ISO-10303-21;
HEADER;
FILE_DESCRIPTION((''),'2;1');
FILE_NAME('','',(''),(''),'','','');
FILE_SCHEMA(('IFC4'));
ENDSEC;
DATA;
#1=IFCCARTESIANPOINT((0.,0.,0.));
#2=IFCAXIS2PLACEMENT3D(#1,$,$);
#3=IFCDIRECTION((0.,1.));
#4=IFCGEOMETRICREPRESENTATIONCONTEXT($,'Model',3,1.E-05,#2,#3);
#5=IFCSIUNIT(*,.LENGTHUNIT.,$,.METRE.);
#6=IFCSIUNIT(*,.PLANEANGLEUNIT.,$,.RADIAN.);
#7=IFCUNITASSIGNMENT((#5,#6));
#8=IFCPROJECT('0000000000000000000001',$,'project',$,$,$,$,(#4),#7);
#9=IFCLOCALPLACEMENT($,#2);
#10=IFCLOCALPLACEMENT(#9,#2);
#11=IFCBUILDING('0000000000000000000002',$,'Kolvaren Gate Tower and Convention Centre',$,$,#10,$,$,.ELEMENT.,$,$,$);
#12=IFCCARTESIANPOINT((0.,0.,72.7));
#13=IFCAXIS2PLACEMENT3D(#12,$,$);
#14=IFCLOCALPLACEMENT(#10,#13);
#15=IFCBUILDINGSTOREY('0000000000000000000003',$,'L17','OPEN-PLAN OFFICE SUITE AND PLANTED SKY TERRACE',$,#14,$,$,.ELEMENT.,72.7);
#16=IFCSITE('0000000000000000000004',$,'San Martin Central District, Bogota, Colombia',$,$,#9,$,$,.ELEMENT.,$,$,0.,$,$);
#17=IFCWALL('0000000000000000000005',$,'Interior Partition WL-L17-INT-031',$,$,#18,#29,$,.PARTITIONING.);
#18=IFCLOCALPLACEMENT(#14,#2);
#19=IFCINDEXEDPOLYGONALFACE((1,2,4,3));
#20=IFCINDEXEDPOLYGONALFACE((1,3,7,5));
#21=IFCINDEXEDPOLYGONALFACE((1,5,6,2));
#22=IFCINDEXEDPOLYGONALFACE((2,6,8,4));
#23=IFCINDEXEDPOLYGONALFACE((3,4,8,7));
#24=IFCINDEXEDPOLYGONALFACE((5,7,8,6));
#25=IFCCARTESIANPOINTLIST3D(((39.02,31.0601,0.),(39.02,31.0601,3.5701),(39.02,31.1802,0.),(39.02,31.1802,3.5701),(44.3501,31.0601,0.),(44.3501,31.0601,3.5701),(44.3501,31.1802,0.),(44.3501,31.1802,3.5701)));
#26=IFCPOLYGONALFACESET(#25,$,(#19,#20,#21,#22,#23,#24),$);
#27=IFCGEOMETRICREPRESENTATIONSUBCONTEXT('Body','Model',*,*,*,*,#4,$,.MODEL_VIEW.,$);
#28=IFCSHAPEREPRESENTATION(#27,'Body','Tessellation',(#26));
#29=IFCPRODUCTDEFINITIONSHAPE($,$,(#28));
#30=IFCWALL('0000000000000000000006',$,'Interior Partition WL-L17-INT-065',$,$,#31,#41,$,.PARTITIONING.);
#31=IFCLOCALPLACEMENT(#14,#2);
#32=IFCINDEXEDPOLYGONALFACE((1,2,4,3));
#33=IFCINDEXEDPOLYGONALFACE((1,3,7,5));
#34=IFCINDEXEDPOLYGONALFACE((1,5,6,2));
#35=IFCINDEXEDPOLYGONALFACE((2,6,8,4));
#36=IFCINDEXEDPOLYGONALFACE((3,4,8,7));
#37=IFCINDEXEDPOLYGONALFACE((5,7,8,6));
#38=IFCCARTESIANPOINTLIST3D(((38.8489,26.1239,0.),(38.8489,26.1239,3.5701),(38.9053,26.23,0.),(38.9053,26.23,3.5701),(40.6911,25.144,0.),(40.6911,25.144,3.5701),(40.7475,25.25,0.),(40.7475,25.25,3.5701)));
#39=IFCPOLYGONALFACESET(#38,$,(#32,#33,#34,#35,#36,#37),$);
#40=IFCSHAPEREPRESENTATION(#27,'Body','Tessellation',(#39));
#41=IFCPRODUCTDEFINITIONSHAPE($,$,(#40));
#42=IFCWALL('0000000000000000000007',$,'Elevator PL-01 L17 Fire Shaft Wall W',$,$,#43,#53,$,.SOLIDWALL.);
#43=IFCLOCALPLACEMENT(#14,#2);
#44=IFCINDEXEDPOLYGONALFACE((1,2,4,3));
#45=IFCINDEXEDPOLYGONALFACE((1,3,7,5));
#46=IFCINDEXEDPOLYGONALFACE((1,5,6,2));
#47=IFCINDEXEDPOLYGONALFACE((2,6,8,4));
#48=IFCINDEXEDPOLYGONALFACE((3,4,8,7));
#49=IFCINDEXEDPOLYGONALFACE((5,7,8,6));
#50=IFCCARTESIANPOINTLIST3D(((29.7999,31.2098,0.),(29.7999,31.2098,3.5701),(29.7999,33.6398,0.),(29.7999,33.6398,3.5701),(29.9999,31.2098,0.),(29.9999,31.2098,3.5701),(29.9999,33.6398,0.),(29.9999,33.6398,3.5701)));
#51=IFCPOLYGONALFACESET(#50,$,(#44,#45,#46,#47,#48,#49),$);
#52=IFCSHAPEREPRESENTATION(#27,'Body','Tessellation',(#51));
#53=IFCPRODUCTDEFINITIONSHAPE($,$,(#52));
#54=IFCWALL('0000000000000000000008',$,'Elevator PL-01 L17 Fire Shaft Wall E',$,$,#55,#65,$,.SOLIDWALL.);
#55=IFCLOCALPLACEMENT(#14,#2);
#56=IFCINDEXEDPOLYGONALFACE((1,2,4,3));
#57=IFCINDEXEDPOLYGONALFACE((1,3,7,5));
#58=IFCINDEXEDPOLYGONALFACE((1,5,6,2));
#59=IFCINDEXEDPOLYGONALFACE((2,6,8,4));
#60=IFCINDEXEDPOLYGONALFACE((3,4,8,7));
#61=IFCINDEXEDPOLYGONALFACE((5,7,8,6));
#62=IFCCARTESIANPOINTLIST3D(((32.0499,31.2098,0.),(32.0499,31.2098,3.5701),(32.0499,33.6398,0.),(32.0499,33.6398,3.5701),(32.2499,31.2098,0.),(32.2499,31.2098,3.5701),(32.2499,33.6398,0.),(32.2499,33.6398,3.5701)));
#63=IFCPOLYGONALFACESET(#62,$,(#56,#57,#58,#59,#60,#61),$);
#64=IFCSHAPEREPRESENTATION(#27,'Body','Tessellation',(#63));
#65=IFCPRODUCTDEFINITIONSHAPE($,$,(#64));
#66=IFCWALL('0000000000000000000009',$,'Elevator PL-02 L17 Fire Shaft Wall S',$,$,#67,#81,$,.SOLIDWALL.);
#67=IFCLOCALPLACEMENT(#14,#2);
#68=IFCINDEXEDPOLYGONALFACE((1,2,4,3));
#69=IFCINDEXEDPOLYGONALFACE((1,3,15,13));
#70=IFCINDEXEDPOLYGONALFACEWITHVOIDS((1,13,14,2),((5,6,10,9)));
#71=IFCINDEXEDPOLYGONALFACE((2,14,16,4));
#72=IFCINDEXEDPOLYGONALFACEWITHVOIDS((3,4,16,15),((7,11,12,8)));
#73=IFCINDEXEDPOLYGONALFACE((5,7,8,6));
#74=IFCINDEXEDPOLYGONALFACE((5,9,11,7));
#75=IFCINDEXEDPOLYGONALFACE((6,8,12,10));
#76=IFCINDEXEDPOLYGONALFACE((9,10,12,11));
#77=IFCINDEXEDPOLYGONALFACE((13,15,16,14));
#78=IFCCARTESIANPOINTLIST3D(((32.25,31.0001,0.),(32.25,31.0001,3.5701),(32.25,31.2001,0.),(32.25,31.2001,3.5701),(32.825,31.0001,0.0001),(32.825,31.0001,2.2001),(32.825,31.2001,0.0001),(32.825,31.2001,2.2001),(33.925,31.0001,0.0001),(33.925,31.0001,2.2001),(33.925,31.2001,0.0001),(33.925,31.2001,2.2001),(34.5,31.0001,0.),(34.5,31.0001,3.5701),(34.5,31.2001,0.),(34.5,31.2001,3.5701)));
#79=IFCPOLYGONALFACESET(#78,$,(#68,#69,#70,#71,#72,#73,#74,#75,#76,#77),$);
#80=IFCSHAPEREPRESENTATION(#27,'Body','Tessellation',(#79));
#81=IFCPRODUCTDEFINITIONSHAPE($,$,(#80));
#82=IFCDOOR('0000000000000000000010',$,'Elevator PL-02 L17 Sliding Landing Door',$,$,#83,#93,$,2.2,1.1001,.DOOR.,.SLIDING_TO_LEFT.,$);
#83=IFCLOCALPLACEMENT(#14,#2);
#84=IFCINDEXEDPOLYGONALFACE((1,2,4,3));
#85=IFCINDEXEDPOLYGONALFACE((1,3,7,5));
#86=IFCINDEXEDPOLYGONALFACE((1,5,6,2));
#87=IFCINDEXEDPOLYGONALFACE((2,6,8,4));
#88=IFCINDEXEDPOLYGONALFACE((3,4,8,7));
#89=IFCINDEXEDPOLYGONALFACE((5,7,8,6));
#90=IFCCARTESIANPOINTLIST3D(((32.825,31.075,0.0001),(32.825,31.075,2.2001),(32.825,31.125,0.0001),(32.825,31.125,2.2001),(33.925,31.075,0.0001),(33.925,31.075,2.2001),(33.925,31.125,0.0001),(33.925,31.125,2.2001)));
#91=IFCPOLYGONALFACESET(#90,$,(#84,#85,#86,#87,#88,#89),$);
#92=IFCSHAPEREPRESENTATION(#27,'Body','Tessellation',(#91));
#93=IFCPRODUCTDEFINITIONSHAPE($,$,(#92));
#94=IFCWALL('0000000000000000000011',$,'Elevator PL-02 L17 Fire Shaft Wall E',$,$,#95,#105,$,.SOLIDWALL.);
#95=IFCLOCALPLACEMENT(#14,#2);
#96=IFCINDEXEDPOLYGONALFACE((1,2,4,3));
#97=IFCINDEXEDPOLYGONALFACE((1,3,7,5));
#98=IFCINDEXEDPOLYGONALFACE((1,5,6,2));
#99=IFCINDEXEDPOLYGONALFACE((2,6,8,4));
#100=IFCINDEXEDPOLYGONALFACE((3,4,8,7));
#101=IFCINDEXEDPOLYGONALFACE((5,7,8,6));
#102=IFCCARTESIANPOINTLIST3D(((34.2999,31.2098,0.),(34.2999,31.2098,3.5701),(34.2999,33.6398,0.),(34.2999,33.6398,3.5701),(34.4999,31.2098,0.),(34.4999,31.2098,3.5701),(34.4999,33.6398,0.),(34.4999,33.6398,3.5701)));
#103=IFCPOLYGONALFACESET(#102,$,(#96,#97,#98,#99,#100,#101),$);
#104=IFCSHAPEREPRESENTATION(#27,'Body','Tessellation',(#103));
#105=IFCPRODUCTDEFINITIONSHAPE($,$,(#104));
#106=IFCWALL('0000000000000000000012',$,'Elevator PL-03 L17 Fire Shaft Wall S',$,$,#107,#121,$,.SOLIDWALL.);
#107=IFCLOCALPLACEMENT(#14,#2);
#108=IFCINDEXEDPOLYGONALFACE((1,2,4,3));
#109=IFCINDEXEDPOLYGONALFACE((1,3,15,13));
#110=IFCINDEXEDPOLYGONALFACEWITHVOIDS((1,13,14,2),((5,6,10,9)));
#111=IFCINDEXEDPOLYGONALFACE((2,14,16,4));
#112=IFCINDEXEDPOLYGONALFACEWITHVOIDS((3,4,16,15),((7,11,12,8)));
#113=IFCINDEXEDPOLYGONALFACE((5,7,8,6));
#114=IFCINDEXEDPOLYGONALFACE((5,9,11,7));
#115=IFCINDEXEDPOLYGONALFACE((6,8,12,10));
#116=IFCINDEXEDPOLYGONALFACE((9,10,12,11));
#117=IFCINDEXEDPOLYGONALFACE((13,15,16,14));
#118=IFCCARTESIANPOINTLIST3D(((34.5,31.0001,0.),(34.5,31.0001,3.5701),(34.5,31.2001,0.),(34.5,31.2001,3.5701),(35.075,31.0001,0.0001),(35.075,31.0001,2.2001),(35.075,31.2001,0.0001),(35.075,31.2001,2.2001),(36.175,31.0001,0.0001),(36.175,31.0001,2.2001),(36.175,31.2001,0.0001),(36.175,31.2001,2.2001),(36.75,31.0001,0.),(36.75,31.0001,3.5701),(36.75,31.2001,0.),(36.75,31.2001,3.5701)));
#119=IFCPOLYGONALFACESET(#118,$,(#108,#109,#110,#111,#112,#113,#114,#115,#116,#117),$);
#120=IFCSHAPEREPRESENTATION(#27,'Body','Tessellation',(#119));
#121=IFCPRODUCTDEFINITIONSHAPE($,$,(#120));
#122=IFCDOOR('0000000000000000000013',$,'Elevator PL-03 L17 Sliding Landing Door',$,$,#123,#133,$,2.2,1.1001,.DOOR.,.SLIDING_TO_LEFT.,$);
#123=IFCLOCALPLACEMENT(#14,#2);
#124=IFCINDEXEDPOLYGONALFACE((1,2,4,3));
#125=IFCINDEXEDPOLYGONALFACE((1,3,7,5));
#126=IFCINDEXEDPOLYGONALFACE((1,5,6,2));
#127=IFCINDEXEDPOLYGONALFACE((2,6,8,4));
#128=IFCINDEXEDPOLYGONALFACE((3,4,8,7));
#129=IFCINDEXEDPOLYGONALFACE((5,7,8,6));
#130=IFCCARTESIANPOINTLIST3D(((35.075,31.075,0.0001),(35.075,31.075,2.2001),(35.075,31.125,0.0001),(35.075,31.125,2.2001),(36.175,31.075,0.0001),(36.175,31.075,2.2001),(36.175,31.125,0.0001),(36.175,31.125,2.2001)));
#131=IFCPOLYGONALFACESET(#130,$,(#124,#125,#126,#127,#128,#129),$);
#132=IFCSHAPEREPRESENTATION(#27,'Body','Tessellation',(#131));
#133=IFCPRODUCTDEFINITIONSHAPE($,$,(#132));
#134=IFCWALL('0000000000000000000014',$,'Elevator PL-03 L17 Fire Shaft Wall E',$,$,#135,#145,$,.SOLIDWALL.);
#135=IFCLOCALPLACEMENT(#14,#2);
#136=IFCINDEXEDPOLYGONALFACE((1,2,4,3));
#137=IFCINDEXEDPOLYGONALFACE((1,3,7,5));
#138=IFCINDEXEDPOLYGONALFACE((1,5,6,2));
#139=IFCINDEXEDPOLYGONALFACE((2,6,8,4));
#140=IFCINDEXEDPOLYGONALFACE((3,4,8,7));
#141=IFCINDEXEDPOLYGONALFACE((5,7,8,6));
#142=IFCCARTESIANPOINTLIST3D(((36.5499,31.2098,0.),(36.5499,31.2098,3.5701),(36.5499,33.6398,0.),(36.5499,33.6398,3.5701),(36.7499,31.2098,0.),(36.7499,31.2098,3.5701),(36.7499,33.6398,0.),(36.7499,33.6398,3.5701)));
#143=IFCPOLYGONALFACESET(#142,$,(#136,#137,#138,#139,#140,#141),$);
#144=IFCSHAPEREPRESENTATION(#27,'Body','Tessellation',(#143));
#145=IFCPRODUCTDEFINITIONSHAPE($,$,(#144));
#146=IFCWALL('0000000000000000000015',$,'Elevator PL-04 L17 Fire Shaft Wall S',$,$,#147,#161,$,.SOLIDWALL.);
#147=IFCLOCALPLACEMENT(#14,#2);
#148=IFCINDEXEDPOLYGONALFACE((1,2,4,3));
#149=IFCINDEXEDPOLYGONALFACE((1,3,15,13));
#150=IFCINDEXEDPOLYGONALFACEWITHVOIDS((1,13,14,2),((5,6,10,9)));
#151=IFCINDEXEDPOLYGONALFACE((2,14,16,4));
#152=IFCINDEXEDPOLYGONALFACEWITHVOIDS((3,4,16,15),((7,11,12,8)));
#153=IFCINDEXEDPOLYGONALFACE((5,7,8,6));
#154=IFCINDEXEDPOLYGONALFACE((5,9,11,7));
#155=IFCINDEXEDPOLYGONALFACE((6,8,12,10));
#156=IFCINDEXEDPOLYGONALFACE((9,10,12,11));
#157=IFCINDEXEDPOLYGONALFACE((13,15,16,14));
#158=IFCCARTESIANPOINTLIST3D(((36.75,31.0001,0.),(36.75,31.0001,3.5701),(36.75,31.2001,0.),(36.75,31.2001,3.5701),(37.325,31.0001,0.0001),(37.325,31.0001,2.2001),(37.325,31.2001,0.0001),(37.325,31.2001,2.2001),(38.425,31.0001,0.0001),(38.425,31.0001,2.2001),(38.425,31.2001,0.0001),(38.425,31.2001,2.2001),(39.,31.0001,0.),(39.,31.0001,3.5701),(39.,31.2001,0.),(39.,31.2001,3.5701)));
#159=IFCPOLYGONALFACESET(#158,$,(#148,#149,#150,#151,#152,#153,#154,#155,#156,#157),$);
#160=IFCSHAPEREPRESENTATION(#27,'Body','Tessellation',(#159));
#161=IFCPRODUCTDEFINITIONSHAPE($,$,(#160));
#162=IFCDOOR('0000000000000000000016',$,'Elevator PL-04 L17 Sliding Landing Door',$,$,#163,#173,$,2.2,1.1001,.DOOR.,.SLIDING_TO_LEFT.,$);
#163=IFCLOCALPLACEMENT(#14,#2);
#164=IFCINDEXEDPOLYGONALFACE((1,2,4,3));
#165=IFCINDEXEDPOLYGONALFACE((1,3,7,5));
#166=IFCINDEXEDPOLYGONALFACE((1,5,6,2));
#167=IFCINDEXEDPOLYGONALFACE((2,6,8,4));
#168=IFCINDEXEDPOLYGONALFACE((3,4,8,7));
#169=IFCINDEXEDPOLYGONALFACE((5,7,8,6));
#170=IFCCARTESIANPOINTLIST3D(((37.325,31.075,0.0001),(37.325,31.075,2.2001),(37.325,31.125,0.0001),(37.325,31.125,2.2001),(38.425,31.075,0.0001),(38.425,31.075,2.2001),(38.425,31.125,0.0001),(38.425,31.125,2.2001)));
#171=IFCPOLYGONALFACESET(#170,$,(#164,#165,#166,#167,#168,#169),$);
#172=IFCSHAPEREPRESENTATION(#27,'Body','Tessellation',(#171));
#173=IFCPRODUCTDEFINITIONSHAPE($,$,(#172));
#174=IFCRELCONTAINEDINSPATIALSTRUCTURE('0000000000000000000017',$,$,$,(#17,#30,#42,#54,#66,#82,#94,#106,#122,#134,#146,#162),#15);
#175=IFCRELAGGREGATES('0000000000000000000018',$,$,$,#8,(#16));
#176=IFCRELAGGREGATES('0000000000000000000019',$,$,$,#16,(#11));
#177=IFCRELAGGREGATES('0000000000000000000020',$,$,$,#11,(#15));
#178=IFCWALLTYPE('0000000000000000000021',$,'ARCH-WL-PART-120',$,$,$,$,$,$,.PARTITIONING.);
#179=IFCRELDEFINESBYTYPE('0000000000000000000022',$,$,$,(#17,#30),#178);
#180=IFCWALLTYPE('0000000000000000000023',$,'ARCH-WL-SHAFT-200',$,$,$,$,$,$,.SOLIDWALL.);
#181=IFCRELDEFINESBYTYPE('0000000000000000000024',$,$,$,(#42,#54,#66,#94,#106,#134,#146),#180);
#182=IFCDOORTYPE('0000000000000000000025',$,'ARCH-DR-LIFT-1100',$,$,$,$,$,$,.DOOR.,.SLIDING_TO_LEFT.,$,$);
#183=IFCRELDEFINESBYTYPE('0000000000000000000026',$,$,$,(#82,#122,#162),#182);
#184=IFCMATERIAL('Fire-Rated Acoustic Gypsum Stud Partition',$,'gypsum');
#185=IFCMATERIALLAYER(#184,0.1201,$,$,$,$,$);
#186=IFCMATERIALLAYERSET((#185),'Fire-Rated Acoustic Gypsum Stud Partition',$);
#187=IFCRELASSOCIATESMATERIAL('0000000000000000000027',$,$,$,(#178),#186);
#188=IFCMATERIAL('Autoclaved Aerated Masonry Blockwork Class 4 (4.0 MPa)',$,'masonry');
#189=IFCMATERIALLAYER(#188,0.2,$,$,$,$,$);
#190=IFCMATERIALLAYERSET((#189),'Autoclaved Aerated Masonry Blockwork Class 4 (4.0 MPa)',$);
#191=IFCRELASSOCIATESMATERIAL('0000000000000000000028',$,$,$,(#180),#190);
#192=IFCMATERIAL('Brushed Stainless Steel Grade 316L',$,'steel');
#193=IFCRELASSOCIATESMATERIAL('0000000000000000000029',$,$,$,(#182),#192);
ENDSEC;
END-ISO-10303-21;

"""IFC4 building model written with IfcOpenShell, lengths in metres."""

from ifc_helpers import new_model, si_unit, direction, frame, frame_2d, origin, place, context, subcontext, project, spatial, rectangle, extrude, material, layer, layer_set, type_object, element, fill, save


model = new_model("IFC4")

# Units and contexts
model_context = context("Model", 3, precision=1e-05, world=origin(), true_north=direction((0.0, 1.0)))
body_context = subcontext(model_context, "Body", "Model", "MODEL_VIEW")
ifc_project = project(units=[si_unit("LENGTHUNIT", "METRE"), si_unit("PLANEANGLEUNIT", "RADIAN")], contexts=[model_context])

# Site, building, storey
site_placement = place(None, origin())
site = spatial("IfcSite", under=ifc_project, at=site_placement, Name="San Martin Central District, Bogota, Colombia", CompositionType="ELEMENT", RefElevation=0.0)
building_placement = place(site_placement, origin())
building = spatial("IfcBuilding", under=site, at=building_placement, Name="Kolvaren Gate Tower and Convention Centre", CompositionType="ELEMENT")
storey_placement = place(building_placement, frame((0.0, 0.0, 72.7)))
storey = spatial("IfcBuildingStorey", under=building, at=storey_placement, Name="L17", Description="OPEN-PLAN OFFICE SUITE AND PLANTED SKY TERRACE", CompositionType="ELEMENT", Elevation=72.7)

# Walls
ifc_material_1 = material(Name="Fire-Rated Acoustic Gypsum Stud Partition", Category="gypsum")
ifc_layer_1 = layer(ifc_material_1, 0.1201)
ifc_layer_set_1 = layer_set([ifc_layer_1], Name="Fire-Rated Acoustic Gypsum Stud Partition")
wall_type_1 = type_object("IfcWallType", Name="ARCH-WL-PART-120", PredefinedType="PARTITIONING", material=ifc_layer_set_1)
wall_1_placement = place(storey_placement, frame((39.02, 31.1201, 0.0), z_axis=(0.0, 0.0, 1.0), x_axis=(1.0, 0.0, 0.0)))
element("IfcWall", 1, at=wall_1_placement, inside=storey, type_object=wall_type_1, Name="Interior Partition WL-L17-INT-031", PredefinedType="PARTITIONING", context=body_context, shape_type="SweptSolid", body=[
    extrude(rectangle(XDim=5.3301, YDim=0.1201, at=frame_2d((2.665, 0.0))), origin(), (0.0, 0.0, 1.0), 3.5701),
])
wall_2_placement = place(storey_placement, frame((38.877, 26.177, 0.0), z_axis=(0.0, 0.0, 1.0), x_axis=(0.882864, -0.469628, 0.0)))
element("IfcWall", 2, at=wall_2_placement, inside=storey, type_object=wall_type_1, Name="Interior Partition WL-L17-INT-065", PredefinedType="PARTITIONING", context=body_context, shape_type="SweptSolid", body=[
    extrude(rectangle(XDim=2.0867, YDim=0.1201, at=frame_2d((1.0435, 0.0))), origin(), (0.0, 0.0, 1.0), 3.5701),
])
ifc_material_2 = material(Name="Autoclaved Aerated Masonry Blockwork Class 4 (4.0 MPa)", Category="masonry")
ifc_layer_2 = layer(ifc_material_2, 0.2)
ifc_layer_set_2 = layer_set([ifc_layer_2], Name="Autoclaved Aerated Masonry Blockwork Class 4 (4.0 MPa)")
wall_type_2 = type_object("IfcWallType", Name="ARCH-WL-SHAFT-200", PredefinedType="SOLIDWALL", material=ifc_layer_set_2)
for number, where, z_axis, x_axis, name in (
    (3, (29.8999, 31.21, 0.0), (0.0, 0.0, 1.0), (0.0, 1.0, 0.0), "Elevator PL-01 L17 Fire Shaft Wall W"),
    (4, (32.1499, 31.21, 0.0), (0.0, 0.0, 1.0), (0.0, 1.0, 0.0), "Elevator PL-01 L17 Fire Shaft Wall E"),
):
    element("IfcWall", number, at=place(storey_placement, frame(where, z_axis=z_axis, x_axis=x_axis)), inside=storey, type_object=wall_type_2, Name=name, PredefinedType="SOLIDWALL", context=body_context, shape_type="SweptSolid", body=[
        extrude(rectangle(XDim=2.4299, YDim=0.2, at=frame_2d((1.2148, 0.0))), origin(), (0.0, 0.0, 1.0), 3.5701),
    ])

# Wall, opening, door
wall_3_placement = place(storey_placement, frame((32.25, 31.1001, 0.0), z_axis=(0.0, 0.0, 1.0), x_axis=(1.0, 0.0, 0.0)))
wall_3 = element("IfcWall", 5, at=wall_3_placement, inside=storey, type_object=wall_type_2, Name="Elevator PL-02 L17 Fire Shaft Wall S", PredefinedType="SOLIDWALL", context=body_context, shape_type="SweptSolid", body=[
    extrude(rectangle(XDim=2.25, YDim=0.2, at=frame_2d((1.125, 0.0))), origin(), (0.0, 0.0, 1.0), 3.5701),
])
opening_1_placement = place(wall_3_placement, frame((0.575, 0.0, 0.0)))
opening_1 = element("IfcOpeningElement", 6, at=opening_1_placement, cuts=wall_3, PredefinedType="OPENING", context=body_context, shape_type="SweptSolid", body=[
    extrude(rectangle(XDim=1.1001, YDim=2.2, at=frame_2d((0.55, 1.1001))), frame((0.0, 0.1099, 0.0), z_axis=(0.0, -1.0, 0.0), x_axis=(1.0, 0.0, 0.0)), (0.0, 0.0, 1.0), 0.22),
])
ifc_material_3 = material(Name="Brushed Stainless Steel Grade 316L", Category="steel")
door_type_1 = type_object("IfcDoorType", Name="ARCH-DR-LIFT-1100", OperationType="SLIDING_TO_LEFT", PredefinedType="DOOR", material=ifc_material_3)
door_1_placement = place(opening_1_placement, origin())
door_1 = element("IfcDoor", 7, at=door_1_placement, inside=storey, type_object=door_type_1, Name="Elevator PL-02 L17 Sliding Landing Door", OperationType="SLIDING_TO_LEFT", OverallHeight=2.2, OverallWidth=1.1001, PredefinedType="DOOR", context=body_context, shape_type="SweptSolid", body=[
    extrude(rectangle(XDim=1.1001, YDim=2.2, at=frame_2d((0.55, 1.1001))), frame((0.0, 0.0249, 0.0), z_axis=(0.0, -1.0, 0.0), x_axis=(1.0, 0.0, 0.0)), (0.0, 0.0, 1.0), 0.05),
])
fill(opening_1, door_1)

# Wall
wall_4_placement = place(storey_placement, frame((34.3999, 31.21, 0.0), z_axis=(0.0, 0.0, 1.0), x_axis=(0.0, 1.0, 0.0)))
element("IfcWall", 8, at=wall_4_placement, inside=storey, type_object=wall_type_2, Name="Elevator PL-02 L17 Fire Shaft Wall E", PredefinedType="SOLIDWALL", context=body_context, shape_type="SweptSolid", body=[
    extrude(rectangle(XDim=2.4299, YDim=0.2, at=frame_2d((1.2148, 0.0))), origin(), (0.0, 0.0, 1.0), 3.5701),
])

# Wall, opening, door
wall_5_placement = place(storey_placement, frame((34.5, 31.1001, 0.0), z_axis=(0.0, 0.0, 1.0), x_axis=(1.0, 0.0, 0.0)))
wall_5 = element("IfcWall", 9, at=wall_5_placement, inside=storey, type_object=wall_type_2, Name="Elevator PL-03 L17 Fire Shaft Wall S", PredefinedType="SOLIDWALL", context=body_context, shape_type="SweptSolid", body=[
    extrude(rectangle(XDim=2.25, YDim=0.2, at=frame_2d((1.125, 0.0))), origin(), (0.0, 0.0, 1.0), 3.5701),
])
opening_2_placement = place(wall_5_placement, frame((0.575, 0.0, 0.0)))
opening_2 = element("IfcOpeningElement", 10, at=opening_2_placement, cuts=wall_5, PredefinedType="OPENING", context=body_context, shape_type="SweptSolid", body=[
    extrude(rectangle(XDim=1.1001, YDim=2.2, at=frame_2d((0.55, 1.1001))), frame((0.0, 0.1099, 0.0), z_axis=(0.0, -1.0, 0.0), x_axis=(1.0, 0.0, 0.0)), (0.0, 0.0, 1.0), 0.22),
])
door_2_placement = place(opening_2_placement, origin())
door_2 = element("IfcDoor", 11, at=door_2_placement, inside=storey, type_object=door_type_1, Name="Elevator PL-03 L17 Sliding Landing Door", OperationType="SLIDING_TO_LEFT", OverallHeight=2.2, OverallWidth=1.1001, PredefinedType="DOOR", context=body_context, shape_type="SweptSolid", body=[
    extrude(rectangle(XDim=1.1001, YDim=2.2, at=frame_2d((0.55, 1.1001))), frame((0.0, 0.0249, 0.0), z_axis=(0.0, -1.0, 0.0), x_axis=(1.0, 0.0, 0.0)), (0.0, 0.0, 1.0), 0.05),
])
fill(opening_2, door_2)

# Wall
wall_6_placement = place(storey_placement, frame((36.6499, 31.21, 0.0), z_axis=(0.0, 0.0, 1.0), x_axis=(0.0, 1.0, 0.0)))
element("IfcWall", 12, at=wall_6_placement, inside=storey, type_object=wall_type_2, Name="Elevator PL-03 L17 Fire Shaft Wall E", PredefinedType="SOLIDWALL", context=body_context, shape_type="SweptSolid", body=[
    extrude(rectangle(XDim=2.4299, YDim=0.2, at=frame_2d((1.2148, 0.0))), origin(), (0.0, 0.0, 1.0), 3.5701),
])

# Wall, opening, door
wall_7_placement = place(storey_placement, frame((36.75, 31.1001, 0.0), z_axis=(0.0, 0.0, 1.0), x_axis=(1.0, 0.0, 0.0)))
wall_7 = element("IfcWall", 13, at=wall_7_placement, inside=storey, type_object=wall_type_2, Name="Elevator PL-04 L17 Fire Shaft Wall S", PredefinedType="SOLIDWALL", context=body_context, shape_type="SweptSolid", body=[
    extrude(rectangle(XDim=2.25, YDim=0.2, at=frame_2d((1.125, 0.0))), origin(), (0.0, 0.0, 1.0), 3.5701),
])
opening_3_placement = place(wall_7_placement, frame((0.575, 0.0, 0.0)))
opening_3 = element("IfcOpeningElement", 14, at=opening_3_placement, cuts=wall_7, PredefinedType="OPENING", context=body_context, shape_type="SweptSolid", body=[
    extrude(rectangle(XDim=1.1001, YDim=2.2, at=frame_2d((0.55, 1.1001))), frame((0.0, 0.1099, 0.0), z_axis=(0.0, -1.0, 0.0), x_axis=(1.0, 0.0, 0.0)), (0.0, 0.0, 1.0), 0.22),
])
door_3_placement = place(opening_3_placement, origin())
door_3 = element("IfcDoor", 15, at=door_3_placement, inside=storey, type_object=door_type_1, Name="Elevator PL-04 L17 Sliding Landing Door", OperationType="SLIDING_TO_LEFT", OverallHeight=2.2, OverallWidth=1.1001, PredefinedType="DOOR", context=body_context, shape_type="SweptSolid", body=[
    extrude(rectangle(XDim=1.1001, YDim=2.2, at=frame_2d((0.55, 1.1001))), frame((0.0, 0.0249, 0.0), z_axis=(0.0, -1.0, 0.0), x_axis=(1.0, 0.0, 0.0)), (0.0, 0.0, 1.0), 0.05),
])
fill(opening_3, door_3)

save(model, "model.ifc")
